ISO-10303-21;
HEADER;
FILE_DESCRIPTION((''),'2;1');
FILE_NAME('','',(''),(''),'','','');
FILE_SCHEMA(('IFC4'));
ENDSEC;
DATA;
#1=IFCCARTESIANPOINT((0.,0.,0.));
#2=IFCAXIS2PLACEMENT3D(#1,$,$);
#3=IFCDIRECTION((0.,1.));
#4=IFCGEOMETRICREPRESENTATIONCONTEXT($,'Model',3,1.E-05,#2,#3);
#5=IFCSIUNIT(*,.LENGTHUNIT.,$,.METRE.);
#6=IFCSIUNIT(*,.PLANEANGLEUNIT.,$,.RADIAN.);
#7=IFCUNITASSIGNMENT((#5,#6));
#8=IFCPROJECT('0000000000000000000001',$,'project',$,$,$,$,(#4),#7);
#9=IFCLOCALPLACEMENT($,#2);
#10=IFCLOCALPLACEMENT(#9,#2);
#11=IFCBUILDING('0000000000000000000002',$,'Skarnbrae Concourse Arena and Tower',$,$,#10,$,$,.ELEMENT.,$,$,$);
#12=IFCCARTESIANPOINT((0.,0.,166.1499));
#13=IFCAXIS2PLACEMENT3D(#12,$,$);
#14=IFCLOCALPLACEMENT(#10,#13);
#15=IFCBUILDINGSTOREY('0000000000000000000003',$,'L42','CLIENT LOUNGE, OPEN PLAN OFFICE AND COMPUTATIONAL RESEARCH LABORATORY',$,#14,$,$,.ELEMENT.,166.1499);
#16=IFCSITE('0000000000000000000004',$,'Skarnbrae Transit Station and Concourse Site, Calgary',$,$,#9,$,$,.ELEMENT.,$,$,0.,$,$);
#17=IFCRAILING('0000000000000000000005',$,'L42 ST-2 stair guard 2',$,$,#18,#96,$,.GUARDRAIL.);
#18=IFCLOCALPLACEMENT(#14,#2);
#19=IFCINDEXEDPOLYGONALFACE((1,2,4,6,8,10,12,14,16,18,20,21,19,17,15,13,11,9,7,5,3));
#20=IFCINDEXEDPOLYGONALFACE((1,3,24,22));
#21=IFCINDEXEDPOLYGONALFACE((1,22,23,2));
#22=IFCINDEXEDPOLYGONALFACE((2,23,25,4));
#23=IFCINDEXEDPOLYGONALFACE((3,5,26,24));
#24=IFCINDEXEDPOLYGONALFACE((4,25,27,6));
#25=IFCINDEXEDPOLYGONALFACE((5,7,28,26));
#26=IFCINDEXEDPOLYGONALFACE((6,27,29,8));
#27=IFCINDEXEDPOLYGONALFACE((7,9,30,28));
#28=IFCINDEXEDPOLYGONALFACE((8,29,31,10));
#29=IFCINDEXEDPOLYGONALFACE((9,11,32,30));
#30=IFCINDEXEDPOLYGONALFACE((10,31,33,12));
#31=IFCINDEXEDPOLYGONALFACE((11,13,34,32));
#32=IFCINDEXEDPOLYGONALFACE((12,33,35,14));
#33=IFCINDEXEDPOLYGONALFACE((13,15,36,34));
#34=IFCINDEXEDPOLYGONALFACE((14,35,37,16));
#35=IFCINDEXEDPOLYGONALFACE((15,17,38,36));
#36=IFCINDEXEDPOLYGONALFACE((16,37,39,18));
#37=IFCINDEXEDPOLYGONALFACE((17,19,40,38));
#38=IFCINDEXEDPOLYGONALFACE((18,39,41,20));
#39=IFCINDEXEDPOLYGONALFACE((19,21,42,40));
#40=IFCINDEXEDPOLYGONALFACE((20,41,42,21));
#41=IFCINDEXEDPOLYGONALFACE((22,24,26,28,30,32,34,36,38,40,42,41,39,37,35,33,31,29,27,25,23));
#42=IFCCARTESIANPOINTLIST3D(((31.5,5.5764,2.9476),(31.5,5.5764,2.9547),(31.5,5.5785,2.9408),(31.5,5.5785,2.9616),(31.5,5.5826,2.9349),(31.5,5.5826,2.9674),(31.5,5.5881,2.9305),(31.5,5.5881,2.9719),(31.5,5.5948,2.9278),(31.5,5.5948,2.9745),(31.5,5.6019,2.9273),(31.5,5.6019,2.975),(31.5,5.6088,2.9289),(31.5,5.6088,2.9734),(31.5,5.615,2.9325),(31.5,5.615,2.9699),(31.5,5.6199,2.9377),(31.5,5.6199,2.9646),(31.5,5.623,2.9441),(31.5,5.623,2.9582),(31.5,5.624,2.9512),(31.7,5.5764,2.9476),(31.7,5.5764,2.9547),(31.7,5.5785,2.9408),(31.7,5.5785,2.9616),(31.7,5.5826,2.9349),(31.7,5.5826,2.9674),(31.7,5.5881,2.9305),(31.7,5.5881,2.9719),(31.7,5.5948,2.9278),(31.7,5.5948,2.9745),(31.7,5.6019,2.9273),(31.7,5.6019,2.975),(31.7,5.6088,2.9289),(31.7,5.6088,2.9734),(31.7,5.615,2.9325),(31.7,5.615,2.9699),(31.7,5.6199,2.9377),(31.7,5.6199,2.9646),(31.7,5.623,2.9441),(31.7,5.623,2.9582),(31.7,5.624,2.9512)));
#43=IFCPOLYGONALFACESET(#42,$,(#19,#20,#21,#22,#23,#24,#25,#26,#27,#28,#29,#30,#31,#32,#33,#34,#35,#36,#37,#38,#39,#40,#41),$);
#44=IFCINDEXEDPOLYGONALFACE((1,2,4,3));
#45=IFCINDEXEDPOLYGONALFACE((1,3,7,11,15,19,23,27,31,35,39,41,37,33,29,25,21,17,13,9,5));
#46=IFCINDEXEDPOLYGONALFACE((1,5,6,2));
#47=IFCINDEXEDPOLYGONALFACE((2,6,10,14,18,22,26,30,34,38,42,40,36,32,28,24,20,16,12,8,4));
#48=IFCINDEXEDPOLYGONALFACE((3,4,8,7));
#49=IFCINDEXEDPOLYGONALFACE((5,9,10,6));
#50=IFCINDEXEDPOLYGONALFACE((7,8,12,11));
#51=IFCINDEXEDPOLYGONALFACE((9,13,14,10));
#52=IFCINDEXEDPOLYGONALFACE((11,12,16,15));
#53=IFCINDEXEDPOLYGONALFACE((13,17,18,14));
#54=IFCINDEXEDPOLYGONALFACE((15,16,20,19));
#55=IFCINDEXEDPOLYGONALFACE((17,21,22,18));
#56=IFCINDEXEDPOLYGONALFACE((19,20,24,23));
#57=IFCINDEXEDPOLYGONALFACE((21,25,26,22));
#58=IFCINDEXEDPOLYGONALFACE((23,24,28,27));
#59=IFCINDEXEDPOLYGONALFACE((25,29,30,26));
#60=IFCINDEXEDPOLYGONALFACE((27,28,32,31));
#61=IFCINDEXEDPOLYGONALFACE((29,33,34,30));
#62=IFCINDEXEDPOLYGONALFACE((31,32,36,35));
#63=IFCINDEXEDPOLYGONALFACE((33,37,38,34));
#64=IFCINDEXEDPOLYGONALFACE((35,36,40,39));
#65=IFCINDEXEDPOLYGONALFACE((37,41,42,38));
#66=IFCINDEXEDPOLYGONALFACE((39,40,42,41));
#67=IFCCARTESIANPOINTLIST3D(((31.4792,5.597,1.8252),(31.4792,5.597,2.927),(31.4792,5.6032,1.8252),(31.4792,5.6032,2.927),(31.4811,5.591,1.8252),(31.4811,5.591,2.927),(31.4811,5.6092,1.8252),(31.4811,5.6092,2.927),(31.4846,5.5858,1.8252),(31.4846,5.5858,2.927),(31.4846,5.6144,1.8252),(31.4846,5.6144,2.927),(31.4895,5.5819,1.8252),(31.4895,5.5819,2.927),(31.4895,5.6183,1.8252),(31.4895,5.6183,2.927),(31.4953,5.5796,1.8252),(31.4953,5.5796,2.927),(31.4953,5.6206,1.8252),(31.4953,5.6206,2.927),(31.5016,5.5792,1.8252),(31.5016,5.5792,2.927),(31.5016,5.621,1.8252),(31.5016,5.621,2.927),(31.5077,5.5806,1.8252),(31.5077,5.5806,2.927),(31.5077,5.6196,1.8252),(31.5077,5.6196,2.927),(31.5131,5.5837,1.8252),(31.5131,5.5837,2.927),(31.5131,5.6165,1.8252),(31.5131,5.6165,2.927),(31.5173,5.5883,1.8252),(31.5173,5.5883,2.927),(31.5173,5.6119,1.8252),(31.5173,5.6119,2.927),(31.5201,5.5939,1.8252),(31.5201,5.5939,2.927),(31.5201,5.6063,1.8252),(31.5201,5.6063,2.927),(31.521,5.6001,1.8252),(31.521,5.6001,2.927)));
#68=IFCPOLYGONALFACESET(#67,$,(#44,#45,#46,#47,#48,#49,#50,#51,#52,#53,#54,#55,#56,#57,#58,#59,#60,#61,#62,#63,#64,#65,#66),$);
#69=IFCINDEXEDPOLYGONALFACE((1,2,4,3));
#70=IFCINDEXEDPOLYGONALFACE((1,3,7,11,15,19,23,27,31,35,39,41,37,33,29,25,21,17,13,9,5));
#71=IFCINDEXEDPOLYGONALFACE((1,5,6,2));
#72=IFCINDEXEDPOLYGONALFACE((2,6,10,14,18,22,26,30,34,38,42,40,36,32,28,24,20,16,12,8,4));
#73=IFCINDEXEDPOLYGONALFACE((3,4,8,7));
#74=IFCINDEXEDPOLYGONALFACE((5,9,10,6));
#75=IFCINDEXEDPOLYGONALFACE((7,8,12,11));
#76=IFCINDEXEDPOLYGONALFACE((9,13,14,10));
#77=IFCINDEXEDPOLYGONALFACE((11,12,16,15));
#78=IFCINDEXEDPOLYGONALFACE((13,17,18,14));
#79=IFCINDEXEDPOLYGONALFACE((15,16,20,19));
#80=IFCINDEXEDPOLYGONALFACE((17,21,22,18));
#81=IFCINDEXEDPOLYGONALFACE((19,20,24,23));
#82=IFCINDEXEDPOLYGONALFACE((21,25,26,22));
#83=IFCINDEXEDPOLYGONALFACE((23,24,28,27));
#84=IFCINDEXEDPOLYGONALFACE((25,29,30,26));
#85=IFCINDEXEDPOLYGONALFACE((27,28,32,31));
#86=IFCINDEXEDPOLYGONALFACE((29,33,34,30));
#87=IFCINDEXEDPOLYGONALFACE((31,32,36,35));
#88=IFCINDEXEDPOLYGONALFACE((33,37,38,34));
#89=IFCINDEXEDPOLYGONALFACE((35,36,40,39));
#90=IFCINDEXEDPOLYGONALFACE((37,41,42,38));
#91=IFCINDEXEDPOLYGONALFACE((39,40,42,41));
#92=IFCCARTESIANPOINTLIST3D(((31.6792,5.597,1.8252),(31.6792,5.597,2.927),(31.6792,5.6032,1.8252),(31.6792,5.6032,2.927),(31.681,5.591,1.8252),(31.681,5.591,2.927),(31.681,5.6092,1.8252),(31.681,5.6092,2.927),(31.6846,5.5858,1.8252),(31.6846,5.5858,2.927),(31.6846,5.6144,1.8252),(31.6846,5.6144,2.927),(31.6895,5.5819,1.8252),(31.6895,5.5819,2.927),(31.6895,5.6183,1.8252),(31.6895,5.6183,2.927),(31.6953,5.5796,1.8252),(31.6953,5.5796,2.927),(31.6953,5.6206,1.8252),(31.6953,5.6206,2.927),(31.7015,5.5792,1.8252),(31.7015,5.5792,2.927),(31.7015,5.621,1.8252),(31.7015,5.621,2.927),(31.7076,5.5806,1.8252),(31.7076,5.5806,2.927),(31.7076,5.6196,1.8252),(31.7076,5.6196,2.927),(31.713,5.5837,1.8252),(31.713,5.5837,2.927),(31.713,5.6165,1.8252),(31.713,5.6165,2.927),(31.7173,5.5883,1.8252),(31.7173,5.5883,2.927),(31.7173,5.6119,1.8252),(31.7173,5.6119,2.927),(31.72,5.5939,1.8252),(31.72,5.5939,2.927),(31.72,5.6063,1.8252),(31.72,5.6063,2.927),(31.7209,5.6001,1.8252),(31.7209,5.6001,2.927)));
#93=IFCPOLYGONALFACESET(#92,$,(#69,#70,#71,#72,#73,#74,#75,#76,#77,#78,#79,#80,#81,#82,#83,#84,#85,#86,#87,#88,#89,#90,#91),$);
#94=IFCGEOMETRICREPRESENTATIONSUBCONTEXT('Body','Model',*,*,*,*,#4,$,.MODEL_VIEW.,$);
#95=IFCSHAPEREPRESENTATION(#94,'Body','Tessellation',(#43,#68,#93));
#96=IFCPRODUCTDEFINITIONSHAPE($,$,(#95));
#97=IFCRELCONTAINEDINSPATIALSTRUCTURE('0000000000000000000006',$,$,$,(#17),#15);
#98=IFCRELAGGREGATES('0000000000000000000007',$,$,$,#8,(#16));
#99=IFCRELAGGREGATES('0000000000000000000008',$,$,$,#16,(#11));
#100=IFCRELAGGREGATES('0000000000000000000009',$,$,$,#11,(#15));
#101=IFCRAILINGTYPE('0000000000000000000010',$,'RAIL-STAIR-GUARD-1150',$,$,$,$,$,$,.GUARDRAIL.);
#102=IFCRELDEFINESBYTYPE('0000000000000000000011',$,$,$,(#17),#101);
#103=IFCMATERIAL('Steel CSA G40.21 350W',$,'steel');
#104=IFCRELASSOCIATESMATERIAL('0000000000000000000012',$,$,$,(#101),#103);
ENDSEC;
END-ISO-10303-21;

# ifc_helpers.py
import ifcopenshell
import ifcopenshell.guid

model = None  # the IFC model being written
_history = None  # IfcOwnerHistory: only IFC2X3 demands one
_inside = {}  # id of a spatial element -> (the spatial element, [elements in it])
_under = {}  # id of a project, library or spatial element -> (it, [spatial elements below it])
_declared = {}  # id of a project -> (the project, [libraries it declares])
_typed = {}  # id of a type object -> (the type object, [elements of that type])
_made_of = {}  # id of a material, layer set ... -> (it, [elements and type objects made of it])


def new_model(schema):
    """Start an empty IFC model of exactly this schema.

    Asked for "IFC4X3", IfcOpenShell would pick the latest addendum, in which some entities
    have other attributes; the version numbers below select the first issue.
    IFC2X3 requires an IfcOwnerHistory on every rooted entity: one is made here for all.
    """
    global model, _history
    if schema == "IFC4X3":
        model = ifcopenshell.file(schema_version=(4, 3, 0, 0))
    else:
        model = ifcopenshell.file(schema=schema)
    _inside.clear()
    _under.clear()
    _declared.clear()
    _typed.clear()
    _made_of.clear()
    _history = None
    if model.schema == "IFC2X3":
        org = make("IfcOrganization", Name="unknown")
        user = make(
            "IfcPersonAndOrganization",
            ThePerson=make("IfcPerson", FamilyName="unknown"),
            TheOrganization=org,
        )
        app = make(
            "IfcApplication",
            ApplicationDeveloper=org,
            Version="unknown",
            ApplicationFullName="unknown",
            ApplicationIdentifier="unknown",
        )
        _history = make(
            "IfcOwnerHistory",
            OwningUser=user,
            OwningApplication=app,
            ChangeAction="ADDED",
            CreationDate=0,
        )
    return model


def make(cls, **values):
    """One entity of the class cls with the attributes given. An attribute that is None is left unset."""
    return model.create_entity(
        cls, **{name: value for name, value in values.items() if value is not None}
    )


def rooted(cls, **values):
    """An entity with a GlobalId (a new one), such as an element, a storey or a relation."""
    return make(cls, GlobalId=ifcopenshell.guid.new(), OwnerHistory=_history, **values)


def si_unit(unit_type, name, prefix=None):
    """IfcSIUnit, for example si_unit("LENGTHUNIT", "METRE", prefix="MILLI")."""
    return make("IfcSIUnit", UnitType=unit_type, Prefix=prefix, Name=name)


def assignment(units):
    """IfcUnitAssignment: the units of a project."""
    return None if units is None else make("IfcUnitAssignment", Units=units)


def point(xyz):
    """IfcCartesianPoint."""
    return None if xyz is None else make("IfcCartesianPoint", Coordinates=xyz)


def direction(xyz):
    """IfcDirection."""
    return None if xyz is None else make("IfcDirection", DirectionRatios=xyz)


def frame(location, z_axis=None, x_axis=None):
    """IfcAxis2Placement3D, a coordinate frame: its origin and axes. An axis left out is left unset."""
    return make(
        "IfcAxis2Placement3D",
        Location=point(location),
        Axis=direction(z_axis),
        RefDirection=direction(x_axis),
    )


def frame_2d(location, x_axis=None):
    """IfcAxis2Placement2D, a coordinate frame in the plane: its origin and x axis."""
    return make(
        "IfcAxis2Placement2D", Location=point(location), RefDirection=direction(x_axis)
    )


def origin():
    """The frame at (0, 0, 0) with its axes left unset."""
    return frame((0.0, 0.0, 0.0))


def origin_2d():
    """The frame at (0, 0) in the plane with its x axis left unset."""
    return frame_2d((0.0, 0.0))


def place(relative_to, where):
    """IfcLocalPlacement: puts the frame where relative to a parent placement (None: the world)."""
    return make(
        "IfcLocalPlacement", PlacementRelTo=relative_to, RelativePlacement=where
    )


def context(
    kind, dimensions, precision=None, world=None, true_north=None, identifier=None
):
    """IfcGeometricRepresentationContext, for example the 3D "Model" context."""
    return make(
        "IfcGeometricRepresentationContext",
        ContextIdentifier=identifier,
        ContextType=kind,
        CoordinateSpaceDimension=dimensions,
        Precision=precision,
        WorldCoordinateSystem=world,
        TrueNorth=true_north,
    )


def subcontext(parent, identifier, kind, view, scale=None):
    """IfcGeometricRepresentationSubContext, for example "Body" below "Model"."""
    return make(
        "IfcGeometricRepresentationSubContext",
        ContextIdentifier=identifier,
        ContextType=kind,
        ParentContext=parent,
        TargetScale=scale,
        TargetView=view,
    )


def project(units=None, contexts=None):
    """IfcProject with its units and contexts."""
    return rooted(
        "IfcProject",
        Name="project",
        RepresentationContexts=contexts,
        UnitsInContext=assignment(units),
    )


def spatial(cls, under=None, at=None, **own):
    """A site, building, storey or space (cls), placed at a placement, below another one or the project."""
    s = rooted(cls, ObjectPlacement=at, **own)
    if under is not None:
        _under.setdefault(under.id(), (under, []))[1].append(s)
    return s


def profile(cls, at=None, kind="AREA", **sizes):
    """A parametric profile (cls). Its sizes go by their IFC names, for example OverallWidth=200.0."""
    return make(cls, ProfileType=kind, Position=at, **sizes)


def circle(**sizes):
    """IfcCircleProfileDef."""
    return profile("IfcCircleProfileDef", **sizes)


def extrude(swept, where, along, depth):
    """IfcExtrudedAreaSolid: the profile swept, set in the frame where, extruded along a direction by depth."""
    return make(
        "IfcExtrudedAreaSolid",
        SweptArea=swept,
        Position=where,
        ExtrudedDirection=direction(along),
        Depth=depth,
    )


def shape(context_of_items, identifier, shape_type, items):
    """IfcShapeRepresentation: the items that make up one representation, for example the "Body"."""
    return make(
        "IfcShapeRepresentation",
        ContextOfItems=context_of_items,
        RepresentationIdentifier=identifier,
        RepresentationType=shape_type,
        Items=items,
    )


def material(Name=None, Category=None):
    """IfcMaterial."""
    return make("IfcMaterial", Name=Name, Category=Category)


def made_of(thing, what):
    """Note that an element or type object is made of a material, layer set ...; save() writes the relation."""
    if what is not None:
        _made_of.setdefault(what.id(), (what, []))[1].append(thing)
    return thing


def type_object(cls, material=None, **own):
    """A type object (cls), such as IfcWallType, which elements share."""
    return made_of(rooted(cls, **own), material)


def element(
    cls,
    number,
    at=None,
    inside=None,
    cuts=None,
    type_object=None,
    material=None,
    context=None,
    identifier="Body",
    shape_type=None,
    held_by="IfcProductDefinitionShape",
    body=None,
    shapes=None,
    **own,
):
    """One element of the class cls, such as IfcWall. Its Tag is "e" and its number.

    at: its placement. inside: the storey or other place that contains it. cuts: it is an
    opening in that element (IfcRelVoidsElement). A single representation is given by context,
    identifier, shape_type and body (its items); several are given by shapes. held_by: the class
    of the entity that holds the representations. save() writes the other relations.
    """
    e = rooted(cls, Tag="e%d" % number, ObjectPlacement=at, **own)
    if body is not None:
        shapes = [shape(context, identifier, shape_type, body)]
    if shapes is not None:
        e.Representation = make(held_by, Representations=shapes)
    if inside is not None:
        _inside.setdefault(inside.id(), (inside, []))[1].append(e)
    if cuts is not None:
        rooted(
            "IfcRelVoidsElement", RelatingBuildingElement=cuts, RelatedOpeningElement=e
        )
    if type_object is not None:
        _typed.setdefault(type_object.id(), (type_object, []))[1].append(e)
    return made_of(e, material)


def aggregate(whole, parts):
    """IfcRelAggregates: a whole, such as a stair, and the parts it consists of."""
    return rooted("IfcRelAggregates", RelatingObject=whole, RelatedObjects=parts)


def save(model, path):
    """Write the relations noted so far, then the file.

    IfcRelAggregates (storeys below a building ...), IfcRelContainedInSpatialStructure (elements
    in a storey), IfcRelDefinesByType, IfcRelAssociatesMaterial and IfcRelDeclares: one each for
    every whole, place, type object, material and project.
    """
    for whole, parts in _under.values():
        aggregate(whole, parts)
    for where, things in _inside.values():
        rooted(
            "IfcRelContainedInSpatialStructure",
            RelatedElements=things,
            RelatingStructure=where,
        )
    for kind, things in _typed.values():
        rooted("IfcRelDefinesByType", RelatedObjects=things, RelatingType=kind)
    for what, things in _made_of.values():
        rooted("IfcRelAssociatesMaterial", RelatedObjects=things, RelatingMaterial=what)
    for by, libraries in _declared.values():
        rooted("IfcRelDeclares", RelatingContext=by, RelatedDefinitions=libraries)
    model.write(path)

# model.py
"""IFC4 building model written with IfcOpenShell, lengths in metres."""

from ifc_helpers import new_model, si_unit, direction, frame, origin, origin_2d, place, context, subcontext, project, spatial, circle, extrude, material, type_object, element, save


model = new_model("IFC4")

# Units and contexts
model_context = context("Model", 3, precision=1e-05, world=origin(), true_north=direction((0.0, 1.0)))
body_context = subcontext(model_context, "Body", "Model", "MODEL_VIEW")
ifc_project = project(units=[si_unit("LENGTHUNIT", "METRE"), si_unit("PLANEANGLEUNIT", "RADIAN")], contexts=[model_context])

# Site, building, storey
site_placement = place(None, origin())
site = spatial("IfcSite", under=ifc_project, at=site_placement, Name="Skarnbrae Transit Station and Concourse Site, Calgary", CompositionType="ELEMENT", RefElevation=0.0)
building_placement = place(site_placement, origin())
building = spatial("IfcBuilding", under=site, at=building_placement, Name="Skarnbrae Concourse Arena and Tower", CompositionType="ELEMENT")
storey_placement = place(building_placement, frame((0.0, 0.0, 166.1499)))
storey = spatial("IfcBuildingStorey", under=building, at=storey_placement, Name="L42", Description="CLIENT LOUNGE, OPEN PLAN OFFICE AND COMPUTATIONAL RESEARCH LABORATORY", CompositionType="ELEMENT", Elevation=166.1499)

# Shared definitions
ifc_material_1 = material(Name="Steel CSA G40.21 350W", Category="steel")

# Railing
railing_type_1 = type_object("IfcRailingType", Name="RAIL-STAIR-GUARD-1150", PredefinedType="GUARDRAIL", material=ifc_material_1)
railing_1_placement = place(storey_placement, frame((31.5, 5.6001, 1.8252)))
element("IfcRailing", 1, at=railing_1_placement, inside=storey, type_object=railing_type_1, Name="L42 ST-2 stair guard 2", PredefinedType="GUARDRAIL", context=body_context, shape_type="SweptSolid", body=[
    extrude(circle(Radius=0.0239, at=origin_2d()), frame((0.0, 0.0, 1.126), z_axis=(1.0, 0.0, 0.0), x_axis=(0.0, 1.0, 0.0)), (0.0, 0.0, 1.0), 0.2),
    extrude(circle(Radius=0.021, at=origin_2d()), origin(), (0.0, 0.0, 1.0), 1.1018),
    extrude(circle(Radius=0.021, at=origin_2d()), frame((0.2, 0.0, 0.0)), (0.0, 0.0, 1.0), 1.1018),
])

save(model, "model.ifc")
